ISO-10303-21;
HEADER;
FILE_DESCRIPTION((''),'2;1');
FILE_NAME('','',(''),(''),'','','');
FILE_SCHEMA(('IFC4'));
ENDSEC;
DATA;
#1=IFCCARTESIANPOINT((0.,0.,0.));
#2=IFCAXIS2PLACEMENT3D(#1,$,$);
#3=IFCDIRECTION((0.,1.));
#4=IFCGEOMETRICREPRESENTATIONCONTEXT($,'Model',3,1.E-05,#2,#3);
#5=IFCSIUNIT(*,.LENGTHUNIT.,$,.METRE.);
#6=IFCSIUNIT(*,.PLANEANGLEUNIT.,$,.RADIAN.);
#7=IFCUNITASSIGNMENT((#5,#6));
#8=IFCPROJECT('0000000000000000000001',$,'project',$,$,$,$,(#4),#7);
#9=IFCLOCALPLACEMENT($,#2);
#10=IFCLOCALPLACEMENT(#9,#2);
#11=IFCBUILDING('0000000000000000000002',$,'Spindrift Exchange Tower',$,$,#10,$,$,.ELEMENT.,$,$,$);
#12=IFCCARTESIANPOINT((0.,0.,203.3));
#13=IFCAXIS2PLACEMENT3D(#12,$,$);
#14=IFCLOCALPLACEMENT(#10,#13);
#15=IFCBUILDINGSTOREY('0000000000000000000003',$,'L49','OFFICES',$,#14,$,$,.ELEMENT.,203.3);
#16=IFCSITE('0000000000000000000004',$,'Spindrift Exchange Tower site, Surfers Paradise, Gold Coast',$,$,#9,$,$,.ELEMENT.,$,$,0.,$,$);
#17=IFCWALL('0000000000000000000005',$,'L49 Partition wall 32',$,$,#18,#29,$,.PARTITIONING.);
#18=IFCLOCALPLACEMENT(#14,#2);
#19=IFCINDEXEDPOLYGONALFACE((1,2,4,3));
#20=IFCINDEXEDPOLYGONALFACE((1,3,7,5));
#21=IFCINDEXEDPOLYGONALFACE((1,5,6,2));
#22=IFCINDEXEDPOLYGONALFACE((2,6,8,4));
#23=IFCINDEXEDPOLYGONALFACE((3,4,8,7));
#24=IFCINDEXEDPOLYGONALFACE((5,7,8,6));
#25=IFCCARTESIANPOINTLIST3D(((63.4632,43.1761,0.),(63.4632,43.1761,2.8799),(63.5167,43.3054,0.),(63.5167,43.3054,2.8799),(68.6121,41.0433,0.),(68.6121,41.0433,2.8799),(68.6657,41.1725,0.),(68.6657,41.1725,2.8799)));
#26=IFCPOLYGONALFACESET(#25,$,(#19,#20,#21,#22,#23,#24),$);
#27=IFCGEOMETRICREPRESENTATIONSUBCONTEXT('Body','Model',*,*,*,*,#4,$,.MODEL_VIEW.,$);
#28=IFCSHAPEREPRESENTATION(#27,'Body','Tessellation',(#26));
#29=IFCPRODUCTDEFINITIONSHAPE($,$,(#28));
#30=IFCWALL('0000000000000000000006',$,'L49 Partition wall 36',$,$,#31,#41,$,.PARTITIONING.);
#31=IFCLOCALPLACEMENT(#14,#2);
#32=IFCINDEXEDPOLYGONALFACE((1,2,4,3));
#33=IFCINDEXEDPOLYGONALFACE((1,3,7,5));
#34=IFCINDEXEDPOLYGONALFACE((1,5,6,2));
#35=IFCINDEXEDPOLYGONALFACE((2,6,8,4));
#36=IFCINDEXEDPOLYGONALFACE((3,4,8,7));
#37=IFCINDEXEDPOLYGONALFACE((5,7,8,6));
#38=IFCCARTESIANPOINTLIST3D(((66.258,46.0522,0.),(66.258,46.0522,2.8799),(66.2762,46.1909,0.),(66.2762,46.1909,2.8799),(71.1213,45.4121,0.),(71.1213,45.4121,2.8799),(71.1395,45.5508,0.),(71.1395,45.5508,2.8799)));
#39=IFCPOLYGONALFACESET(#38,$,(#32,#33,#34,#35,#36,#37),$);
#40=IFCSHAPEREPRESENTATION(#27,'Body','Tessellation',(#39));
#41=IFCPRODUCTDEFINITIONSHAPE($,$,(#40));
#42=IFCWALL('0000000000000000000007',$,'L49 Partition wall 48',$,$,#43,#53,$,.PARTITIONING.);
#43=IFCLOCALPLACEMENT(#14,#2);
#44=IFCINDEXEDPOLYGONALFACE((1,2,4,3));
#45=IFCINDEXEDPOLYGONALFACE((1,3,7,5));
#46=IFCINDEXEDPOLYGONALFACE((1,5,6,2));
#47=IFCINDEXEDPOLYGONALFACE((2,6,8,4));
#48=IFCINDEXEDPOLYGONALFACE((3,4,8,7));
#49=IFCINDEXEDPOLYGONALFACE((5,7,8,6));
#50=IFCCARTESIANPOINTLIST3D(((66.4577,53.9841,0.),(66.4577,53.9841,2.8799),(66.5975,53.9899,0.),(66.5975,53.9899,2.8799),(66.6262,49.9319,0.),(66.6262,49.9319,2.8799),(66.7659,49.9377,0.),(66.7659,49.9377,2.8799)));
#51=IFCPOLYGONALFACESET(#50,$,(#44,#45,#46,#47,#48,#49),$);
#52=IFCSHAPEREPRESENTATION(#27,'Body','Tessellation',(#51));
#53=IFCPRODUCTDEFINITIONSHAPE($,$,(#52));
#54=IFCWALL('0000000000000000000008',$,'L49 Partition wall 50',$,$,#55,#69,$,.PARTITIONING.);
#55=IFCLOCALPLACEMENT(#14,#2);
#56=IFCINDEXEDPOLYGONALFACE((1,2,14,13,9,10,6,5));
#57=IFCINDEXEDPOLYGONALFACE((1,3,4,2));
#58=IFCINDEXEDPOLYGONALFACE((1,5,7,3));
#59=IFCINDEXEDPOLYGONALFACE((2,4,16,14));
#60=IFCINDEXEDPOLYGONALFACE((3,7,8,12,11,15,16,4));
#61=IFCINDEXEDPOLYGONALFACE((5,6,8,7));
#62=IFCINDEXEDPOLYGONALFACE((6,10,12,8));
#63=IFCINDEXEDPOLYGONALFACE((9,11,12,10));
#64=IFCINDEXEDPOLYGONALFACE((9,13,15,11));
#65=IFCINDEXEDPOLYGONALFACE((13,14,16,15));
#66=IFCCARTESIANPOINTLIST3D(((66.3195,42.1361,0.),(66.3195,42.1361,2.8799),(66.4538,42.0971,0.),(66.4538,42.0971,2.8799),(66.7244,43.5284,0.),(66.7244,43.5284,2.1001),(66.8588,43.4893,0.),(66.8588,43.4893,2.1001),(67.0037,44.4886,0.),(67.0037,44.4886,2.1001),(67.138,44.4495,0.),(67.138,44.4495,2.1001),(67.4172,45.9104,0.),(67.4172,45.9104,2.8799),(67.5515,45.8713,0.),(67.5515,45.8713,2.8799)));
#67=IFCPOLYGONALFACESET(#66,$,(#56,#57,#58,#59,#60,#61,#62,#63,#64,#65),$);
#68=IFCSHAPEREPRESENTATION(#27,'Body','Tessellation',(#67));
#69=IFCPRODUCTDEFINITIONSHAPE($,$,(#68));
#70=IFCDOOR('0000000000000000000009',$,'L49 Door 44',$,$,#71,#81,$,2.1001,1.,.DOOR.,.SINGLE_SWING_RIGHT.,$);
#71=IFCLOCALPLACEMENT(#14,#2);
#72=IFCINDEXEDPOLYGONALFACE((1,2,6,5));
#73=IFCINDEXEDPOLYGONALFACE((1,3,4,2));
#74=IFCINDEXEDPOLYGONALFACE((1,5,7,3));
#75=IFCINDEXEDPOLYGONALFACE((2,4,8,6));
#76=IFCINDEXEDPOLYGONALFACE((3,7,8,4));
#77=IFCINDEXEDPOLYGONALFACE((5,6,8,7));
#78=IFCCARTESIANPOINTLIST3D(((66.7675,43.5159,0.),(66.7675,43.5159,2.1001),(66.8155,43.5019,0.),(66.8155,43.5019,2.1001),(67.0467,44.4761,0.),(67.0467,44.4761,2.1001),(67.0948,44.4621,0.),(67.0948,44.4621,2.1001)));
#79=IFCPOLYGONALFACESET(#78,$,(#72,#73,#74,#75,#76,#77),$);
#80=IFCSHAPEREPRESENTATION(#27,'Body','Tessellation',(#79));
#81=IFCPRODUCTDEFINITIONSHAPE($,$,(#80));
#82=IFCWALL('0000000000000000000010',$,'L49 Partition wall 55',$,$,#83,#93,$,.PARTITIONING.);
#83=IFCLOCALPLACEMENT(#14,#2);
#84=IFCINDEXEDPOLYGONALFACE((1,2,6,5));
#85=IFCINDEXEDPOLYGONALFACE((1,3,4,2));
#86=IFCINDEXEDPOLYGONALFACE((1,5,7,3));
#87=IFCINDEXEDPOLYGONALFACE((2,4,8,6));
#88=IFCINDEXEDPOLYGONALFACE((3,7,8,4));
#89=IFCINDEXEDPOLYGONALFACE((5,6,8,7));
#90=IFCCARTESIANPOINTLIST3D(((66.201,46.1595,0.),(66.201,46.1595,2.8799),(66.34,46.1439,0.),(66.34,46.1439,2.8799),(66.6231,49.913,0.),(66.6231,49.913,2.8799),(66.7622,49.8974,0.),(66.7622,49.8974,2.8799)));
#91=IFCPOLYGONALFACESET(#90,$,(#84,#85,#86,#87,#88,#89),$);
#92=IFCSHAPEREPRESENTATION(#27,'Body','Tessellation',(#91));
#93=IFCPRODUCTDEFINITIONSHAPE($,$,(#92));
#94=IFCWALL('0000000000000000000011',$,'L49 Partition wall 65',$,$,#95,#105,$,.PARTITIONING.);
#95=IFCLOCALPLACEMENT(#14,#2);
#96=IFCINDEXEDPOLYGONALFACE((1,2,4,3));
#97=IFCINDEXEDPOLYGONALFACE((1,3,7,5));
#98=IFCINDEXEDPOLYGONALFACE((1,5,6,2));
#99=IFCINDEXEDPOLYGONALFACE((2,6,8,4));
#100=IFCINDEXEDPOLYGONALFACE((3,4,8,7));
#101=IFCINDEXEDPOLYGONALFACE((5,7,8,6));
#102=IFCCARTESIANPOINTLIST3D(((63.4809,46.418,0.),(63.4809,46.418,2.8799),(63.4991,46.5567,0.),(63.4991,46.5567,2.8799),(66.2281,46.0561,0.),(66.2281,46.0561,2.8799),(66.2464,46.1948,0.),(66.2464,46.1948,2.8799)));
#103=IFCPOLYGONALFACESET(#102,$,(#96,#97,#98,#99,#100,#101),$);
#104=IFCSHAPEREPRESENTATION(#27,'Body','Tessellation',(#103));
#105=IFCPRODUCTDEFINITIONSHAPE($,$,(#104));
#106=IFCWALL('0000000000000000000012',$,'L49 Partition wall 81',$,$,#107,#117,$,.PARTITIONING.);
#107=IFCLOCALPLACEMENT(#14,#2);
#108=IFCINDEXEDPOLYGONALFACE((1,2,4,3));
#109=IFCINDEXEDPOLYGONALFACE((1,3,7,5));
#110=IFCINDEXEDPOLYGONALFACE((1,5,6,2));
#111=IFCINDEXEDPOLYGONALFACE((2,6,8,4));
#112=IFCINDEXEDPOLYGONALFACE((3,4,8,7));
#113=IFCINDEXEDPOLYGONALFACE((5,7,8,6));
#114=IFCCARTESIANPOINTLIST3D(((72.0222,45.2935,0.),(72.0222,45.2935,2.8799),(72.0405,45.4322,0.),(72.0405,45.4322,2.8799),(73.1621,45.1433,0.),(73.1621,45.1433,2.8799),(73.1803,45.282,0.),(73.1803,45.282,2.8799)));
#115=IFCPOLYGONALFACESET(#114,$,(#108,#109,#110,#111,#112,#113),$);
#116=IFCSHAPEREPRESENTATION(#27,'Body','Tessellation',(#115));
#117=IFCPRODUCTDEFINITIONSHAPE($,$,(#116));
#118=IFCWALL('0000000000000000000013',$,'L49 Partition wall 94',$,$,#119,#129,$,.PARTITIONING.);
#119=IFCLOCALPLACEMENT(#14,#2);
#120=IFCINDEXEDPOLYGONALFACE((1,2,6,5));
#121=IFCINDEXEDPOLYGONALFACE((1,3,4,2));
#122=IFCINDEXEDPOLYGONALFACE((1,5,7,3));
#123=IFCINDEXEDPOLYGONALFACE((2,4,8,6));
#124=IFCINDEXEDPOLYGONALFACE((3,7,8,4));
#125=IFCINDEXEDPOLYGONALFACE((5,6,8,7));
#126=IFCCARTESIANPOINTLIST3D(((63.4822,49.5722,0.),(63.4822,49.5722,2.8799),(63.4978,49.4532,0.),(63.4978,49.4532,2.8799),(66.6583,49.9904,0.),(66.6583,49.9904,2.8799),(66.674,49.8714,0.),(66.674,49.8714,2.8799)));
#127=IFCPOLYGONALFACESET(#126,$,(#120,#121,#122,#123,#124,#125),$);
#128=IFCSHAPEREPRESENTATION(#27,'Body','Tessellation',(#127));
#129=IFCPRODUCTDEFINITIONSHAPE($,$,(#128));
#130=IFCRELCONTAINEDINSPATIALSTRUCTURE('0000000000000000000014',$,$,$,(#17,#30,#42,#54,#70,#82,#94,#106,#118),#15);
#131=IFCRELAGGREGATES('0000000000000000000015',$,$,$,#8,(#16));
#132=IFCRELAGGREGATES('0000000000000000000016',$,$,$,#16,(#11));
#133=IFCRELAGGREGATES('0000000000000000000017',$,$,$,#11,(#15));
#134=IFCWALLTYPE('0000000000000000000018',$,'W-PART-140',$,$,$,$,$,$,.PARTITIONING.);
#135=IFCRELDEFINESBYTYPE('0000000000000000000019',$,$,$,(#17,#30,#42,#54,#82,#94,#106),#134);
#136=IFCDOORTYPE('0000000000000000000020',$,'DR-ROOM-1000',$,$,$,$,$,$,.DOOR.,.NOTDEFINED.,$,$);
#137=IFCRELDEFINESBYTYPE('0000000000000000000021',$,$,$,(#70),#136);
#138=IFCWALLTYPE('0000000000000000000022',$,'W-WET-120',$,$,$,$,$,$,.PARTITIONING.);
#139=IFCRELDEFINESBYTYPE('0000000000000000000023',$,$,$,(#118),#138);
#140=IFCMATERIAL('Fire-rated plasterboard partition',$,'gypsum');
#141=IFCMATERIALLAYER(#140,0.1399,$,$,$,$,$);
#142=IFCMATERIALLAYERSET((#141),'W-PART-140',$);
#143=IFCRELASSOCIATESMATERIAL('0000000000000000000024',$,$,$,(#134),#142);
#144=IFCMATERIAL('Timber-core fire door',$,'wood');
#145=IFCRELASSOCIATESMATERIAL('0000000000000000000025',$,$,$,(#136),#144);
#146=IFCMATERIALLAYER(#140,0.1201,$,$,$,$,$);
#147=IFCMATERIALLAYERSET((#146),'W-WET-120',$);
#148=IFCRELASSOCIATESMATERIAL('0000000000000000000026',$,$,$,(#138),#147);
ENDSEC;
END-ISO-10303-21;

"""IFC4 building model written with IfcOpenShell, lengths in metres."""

from ifc_helpers import new_model, si_unit, direction, frame, frame_2d, origin, place, context, subcontext, project, spatial, rectangle, extrude, source, transform, mapped, material, layer, layer_set, type_object, element, fill, save


model = new_model("IFC4")

# Units and contexts
model_context = context("Model", 3, precision=1e-05, world=origin(), true_north=direction((0.0, 1.0)))
body_context = subcontext(model_context, "Body", "Model", "MODEL_VIEW")
ifc_project = project(units=[si_unit("LENGTHUNIT", "METRE"), si_unit("PLANEANGLEUNIT", "RADIAN")], contexts=[model_context])

# Site, building, storey
site_placement = place(None, origin())
site = spatial("IfcSite", under=ifc_project, at=site_placement, Name="Spindrift Exchange Tower site, Surfers Paradise, Gold Coast", CompositionType="ELEMENT", RefElevation=0.0)
building_placement = place(site_placement, origin())
building = spatial("IfcBuilding", under=site, at=building_placement, Name="Spindrift Exchange Tower", CompositionType="ELEMENT")
storey_placement = place(building_placement, frame((0.0, 0.0, 203.3)))
storey = spatial("IfcBuildingStorey", under=building, at=storey_placement, Name="L49", Description="OFFICES", CompositionType="ELEMENT", Elevation=203.3)

# Walls
ifc_material_1 = material(Name="Fire-rated plasterboard partition", Category="gypsum")
ifc_layer_1 = layer(ifc_material_1, 0.1399)
ifc_layer_set_1 = layer_set([ifc_layer_1], Name="W-PART-140")
wall_type_1 = type_object("IfcWallType", Name="W-PART-140", PredefinedType="PARTITIONING", material=ifc_layer_set_1)
wall_1_placement = place(storey_placement, frame((68.6389, 41.1079, 0.0), z_axis=(0.0, 0.0, 1.0), x_axis=(-0.923876, 0.382692, 0.0)))
element("IfcWall", 1, at=wall_1_placement, inside=storey, type_object=wall_type_1, Name="L49 Partition wall 32", PredefinedType="PARTITIONING", context=body_context, shape_type="SweptSolid", body=[
    extrude(rectangle(XDim=5.5732, YDim=0.1399, at=frame_2d((2.7866, 0.0))), origin(), (0.0, 0.0, 1.0), 2.8799),
])
wall_2_placement = place(storey_placement, frame((66.2671, 46.1216, 0.0), z_axis=(0.0, 0.0, 1.0), x_axis=(0.991448, -0.130501, 0.0)))
element("IfcWall", 2, at=wall_2_placement, inside=storey, type_object=wall_type_1, Name="L49 Partition wall 36", PredefinedType="PARTITIONING", context=body_context, shape_type="SweptSolid", body=[
    extrude(rectangle(XDim=4.9053, YDim=0.1399, at=frame_2d((2.4526, 0.0))), origin(), (0.0, 0.0, 1.0), 2.8799),
])
wall_3_placement = place(storey_placement, frame((66.696, 49.9348, 0.0), z_axis=(0.0, 0.0, 1.0), x_axis=(-0.041535, 0.999137, 0.0)))
element("IfcWall", 3, at=wall_3_placement, inside=storey, type_object=wall_type_1, Name="L49 Partition wall 48", PredefinedType="PARTITIONING", context=body_context, shape_type="SweptSolid", body=[
    extrude(rectangle(XDim=4.0557, YDim=0.1399, at=frame_2d((2.0278, 0.0))), origin(), (0.0, 0.0, 1.0), 2.8799),
])

# Wall, opening, door
wall_4_placement = place(storey_placement, frame((67.4844, 45.8909, 0.0), z_axis=(0.0, 0.0, 1.0), x_axis=(-0.279263, -0.960215, 0.0)))
wall_4 = element("IfcWall", 4, at=wall_4_placement, inside=storey, type_object=wall_type_1, Name="L49 Partition wall 50", PredefinedType="PARTITIONING", context=body_context, shape_type="SweptSolid", body=[
    extrude(rectangle(XDim=3.9307, YDim=0.1399, at=frame_2d((1.9653, 0.0))), origin(), (0.0, 0.0, 1.0), 2.8799),
])
opening_placement = place(wall_4_placement, frame((1.4807, 0.0, 0.0)))
opening = element("IfcOpeningElement", 5, at=opening_placement, cuts=wall_4, PredefinedType="OPENING", context=body_context, shape_type="SweptSolid", body=[
    extrude(rectangle(XDim=1.0, YDim=2.1001, at=frame_2d((0.5, 1.05))), frame((0.0, 0.0798, 0.0), z_axis=(0.0, -1.0, 0.0), x_axis=(1.0, 0.0, 0.0)), (0.0, 0.0, 1.0), 0.1599),
])
ifc_material_2 = material(Name="Timber-core fire door", Category="wood")
door_type = type_object("IfcDoorType", Name="DR-ROOM-1000", OperationType="NOTDEFINED", PredefinedType="DOOR", material=ifc_material_2)
shared_shape_1 = source(origin(), body_context, "Body", "SweptSolid", [
    extrude(rectangle(XDim=1.0, YDim=2.1001, at=frame_2d((0.5, 1.05))), frame((0.0, 0.0249, 0.0), z_axis=(0.0, -1.0, 0.0), x_axis=(1.0, 0.0, 0.0)), (0.0, 0.0, 1.0), 0.05),
])
door_placement = place(opening_placement, origin())
door = element("IfcDoor", 6, at=door_placement, inside=storey, type_object=door_type, Name="L49 Door 44", OperationType="SINGLE_SWING_RIGHT", OverallHeight=2.1001, OverallWidth=1.0, PredefinedType="DOOR", context=body_context, shape_type="MappedRepresentation", body=[
    mapped(shared_shape_1, transform((0.0, 0.0, 0.0), scale=1.0)),
])
fill(opening, door)

# Walls
wall_5_placement = place(storey_placement, frame((66.2705, 46.1516, 0.0), z_axis=(0.0, 0.0, 1.0), x_axis=(0.111758, 0.993735, 0.0)))
element("IfcWall", 7, at=wall_5_placement, inside=storey, type_object=wall_type_1, Name="L49 Partition wall 55", PredefinedType="PARTITIONING", context=body_context, shape_type="SweptSolid", body=[
    extrude(rectangle(XDim=3.7771, YDim=0.1399, at=frame_2d((1.8887, 0.0))), origin(), (0.0, 0.0, 1.0), 2.8799),
])
wall_6_placement = place(storey_placement, frame((63.49, 46.4873, 0.0), z_axis=(0.0, 0.0, 1.0), x_axis=(0.991439, -0.130571, 0.0)))
element("IfcWall", 8, at=wall_6_placement, inside=storey, type_object=wall_type_1, Name="L49 Partition wall 65", PredefinedType="PARTITIONING", context=body_context, shape_type="SweptSolid", body=[
    extrude(rectangle(XDim=2.771, YDim=0.1399, at=frame_2d((1.3855, 0.0))), origin(), (0.0, 0.0, 1.0), 2.8799),
])
wall_7_placement = place(storey_placement, frame((72.0315, 45.3628, 0.0), z_axis=(0.0, 0.0, 1.0), x_axis=(0.991436, -0.130592, 0.0)))
element("IfcWall", 9, at=wall_7_placement, inside=storey, type_object=wall_type_1, Name="L49 Partition wall 81", PredefinedType="PARTITIONING", context=body_context, shape_type="SweptSolid", body=[
    extrude(rectangle(XDim=1.1497, YDim=0.1399, at=frame_2d((0.5747, 0.0))), origin(), (0.0, 0.0, 1.0), 2.8799),
])
ifc_layer_2 = layer(ifc_material_1, 0.1201)
ifc_layer_set_2 = layer_set([ifc_layer_2], Name="W-WET-120")
wall_type_2 = type_object("IfcWallType", Name="W-WET-120", PredefinedType="PARTITIONING", material=ifc_layer_set_2)
wall_8_placement = place(storey_placement, frame((63.49, 49.5127, 0.0), z_axis=(0.0, 0.0, 1.0), x_axis=(0.991443, 0.130541, 0.0)))
element("IfcWall", 10, at=wall_8_placement, inside=storey, type_object=wall_type_2, Name="L49 Partition wall 94", PredefinedType="PARTITIONING", context=body_context, shape_type="SweptSolid", body=[
    extrude(rectangle(XDim=3.2036, YDim=0.1201, at=frame_2d((1.6018, 0.0))), origin(), (0.0, 0.0, 1.0), 2.8799),
])

save(model, "model.ifc")
